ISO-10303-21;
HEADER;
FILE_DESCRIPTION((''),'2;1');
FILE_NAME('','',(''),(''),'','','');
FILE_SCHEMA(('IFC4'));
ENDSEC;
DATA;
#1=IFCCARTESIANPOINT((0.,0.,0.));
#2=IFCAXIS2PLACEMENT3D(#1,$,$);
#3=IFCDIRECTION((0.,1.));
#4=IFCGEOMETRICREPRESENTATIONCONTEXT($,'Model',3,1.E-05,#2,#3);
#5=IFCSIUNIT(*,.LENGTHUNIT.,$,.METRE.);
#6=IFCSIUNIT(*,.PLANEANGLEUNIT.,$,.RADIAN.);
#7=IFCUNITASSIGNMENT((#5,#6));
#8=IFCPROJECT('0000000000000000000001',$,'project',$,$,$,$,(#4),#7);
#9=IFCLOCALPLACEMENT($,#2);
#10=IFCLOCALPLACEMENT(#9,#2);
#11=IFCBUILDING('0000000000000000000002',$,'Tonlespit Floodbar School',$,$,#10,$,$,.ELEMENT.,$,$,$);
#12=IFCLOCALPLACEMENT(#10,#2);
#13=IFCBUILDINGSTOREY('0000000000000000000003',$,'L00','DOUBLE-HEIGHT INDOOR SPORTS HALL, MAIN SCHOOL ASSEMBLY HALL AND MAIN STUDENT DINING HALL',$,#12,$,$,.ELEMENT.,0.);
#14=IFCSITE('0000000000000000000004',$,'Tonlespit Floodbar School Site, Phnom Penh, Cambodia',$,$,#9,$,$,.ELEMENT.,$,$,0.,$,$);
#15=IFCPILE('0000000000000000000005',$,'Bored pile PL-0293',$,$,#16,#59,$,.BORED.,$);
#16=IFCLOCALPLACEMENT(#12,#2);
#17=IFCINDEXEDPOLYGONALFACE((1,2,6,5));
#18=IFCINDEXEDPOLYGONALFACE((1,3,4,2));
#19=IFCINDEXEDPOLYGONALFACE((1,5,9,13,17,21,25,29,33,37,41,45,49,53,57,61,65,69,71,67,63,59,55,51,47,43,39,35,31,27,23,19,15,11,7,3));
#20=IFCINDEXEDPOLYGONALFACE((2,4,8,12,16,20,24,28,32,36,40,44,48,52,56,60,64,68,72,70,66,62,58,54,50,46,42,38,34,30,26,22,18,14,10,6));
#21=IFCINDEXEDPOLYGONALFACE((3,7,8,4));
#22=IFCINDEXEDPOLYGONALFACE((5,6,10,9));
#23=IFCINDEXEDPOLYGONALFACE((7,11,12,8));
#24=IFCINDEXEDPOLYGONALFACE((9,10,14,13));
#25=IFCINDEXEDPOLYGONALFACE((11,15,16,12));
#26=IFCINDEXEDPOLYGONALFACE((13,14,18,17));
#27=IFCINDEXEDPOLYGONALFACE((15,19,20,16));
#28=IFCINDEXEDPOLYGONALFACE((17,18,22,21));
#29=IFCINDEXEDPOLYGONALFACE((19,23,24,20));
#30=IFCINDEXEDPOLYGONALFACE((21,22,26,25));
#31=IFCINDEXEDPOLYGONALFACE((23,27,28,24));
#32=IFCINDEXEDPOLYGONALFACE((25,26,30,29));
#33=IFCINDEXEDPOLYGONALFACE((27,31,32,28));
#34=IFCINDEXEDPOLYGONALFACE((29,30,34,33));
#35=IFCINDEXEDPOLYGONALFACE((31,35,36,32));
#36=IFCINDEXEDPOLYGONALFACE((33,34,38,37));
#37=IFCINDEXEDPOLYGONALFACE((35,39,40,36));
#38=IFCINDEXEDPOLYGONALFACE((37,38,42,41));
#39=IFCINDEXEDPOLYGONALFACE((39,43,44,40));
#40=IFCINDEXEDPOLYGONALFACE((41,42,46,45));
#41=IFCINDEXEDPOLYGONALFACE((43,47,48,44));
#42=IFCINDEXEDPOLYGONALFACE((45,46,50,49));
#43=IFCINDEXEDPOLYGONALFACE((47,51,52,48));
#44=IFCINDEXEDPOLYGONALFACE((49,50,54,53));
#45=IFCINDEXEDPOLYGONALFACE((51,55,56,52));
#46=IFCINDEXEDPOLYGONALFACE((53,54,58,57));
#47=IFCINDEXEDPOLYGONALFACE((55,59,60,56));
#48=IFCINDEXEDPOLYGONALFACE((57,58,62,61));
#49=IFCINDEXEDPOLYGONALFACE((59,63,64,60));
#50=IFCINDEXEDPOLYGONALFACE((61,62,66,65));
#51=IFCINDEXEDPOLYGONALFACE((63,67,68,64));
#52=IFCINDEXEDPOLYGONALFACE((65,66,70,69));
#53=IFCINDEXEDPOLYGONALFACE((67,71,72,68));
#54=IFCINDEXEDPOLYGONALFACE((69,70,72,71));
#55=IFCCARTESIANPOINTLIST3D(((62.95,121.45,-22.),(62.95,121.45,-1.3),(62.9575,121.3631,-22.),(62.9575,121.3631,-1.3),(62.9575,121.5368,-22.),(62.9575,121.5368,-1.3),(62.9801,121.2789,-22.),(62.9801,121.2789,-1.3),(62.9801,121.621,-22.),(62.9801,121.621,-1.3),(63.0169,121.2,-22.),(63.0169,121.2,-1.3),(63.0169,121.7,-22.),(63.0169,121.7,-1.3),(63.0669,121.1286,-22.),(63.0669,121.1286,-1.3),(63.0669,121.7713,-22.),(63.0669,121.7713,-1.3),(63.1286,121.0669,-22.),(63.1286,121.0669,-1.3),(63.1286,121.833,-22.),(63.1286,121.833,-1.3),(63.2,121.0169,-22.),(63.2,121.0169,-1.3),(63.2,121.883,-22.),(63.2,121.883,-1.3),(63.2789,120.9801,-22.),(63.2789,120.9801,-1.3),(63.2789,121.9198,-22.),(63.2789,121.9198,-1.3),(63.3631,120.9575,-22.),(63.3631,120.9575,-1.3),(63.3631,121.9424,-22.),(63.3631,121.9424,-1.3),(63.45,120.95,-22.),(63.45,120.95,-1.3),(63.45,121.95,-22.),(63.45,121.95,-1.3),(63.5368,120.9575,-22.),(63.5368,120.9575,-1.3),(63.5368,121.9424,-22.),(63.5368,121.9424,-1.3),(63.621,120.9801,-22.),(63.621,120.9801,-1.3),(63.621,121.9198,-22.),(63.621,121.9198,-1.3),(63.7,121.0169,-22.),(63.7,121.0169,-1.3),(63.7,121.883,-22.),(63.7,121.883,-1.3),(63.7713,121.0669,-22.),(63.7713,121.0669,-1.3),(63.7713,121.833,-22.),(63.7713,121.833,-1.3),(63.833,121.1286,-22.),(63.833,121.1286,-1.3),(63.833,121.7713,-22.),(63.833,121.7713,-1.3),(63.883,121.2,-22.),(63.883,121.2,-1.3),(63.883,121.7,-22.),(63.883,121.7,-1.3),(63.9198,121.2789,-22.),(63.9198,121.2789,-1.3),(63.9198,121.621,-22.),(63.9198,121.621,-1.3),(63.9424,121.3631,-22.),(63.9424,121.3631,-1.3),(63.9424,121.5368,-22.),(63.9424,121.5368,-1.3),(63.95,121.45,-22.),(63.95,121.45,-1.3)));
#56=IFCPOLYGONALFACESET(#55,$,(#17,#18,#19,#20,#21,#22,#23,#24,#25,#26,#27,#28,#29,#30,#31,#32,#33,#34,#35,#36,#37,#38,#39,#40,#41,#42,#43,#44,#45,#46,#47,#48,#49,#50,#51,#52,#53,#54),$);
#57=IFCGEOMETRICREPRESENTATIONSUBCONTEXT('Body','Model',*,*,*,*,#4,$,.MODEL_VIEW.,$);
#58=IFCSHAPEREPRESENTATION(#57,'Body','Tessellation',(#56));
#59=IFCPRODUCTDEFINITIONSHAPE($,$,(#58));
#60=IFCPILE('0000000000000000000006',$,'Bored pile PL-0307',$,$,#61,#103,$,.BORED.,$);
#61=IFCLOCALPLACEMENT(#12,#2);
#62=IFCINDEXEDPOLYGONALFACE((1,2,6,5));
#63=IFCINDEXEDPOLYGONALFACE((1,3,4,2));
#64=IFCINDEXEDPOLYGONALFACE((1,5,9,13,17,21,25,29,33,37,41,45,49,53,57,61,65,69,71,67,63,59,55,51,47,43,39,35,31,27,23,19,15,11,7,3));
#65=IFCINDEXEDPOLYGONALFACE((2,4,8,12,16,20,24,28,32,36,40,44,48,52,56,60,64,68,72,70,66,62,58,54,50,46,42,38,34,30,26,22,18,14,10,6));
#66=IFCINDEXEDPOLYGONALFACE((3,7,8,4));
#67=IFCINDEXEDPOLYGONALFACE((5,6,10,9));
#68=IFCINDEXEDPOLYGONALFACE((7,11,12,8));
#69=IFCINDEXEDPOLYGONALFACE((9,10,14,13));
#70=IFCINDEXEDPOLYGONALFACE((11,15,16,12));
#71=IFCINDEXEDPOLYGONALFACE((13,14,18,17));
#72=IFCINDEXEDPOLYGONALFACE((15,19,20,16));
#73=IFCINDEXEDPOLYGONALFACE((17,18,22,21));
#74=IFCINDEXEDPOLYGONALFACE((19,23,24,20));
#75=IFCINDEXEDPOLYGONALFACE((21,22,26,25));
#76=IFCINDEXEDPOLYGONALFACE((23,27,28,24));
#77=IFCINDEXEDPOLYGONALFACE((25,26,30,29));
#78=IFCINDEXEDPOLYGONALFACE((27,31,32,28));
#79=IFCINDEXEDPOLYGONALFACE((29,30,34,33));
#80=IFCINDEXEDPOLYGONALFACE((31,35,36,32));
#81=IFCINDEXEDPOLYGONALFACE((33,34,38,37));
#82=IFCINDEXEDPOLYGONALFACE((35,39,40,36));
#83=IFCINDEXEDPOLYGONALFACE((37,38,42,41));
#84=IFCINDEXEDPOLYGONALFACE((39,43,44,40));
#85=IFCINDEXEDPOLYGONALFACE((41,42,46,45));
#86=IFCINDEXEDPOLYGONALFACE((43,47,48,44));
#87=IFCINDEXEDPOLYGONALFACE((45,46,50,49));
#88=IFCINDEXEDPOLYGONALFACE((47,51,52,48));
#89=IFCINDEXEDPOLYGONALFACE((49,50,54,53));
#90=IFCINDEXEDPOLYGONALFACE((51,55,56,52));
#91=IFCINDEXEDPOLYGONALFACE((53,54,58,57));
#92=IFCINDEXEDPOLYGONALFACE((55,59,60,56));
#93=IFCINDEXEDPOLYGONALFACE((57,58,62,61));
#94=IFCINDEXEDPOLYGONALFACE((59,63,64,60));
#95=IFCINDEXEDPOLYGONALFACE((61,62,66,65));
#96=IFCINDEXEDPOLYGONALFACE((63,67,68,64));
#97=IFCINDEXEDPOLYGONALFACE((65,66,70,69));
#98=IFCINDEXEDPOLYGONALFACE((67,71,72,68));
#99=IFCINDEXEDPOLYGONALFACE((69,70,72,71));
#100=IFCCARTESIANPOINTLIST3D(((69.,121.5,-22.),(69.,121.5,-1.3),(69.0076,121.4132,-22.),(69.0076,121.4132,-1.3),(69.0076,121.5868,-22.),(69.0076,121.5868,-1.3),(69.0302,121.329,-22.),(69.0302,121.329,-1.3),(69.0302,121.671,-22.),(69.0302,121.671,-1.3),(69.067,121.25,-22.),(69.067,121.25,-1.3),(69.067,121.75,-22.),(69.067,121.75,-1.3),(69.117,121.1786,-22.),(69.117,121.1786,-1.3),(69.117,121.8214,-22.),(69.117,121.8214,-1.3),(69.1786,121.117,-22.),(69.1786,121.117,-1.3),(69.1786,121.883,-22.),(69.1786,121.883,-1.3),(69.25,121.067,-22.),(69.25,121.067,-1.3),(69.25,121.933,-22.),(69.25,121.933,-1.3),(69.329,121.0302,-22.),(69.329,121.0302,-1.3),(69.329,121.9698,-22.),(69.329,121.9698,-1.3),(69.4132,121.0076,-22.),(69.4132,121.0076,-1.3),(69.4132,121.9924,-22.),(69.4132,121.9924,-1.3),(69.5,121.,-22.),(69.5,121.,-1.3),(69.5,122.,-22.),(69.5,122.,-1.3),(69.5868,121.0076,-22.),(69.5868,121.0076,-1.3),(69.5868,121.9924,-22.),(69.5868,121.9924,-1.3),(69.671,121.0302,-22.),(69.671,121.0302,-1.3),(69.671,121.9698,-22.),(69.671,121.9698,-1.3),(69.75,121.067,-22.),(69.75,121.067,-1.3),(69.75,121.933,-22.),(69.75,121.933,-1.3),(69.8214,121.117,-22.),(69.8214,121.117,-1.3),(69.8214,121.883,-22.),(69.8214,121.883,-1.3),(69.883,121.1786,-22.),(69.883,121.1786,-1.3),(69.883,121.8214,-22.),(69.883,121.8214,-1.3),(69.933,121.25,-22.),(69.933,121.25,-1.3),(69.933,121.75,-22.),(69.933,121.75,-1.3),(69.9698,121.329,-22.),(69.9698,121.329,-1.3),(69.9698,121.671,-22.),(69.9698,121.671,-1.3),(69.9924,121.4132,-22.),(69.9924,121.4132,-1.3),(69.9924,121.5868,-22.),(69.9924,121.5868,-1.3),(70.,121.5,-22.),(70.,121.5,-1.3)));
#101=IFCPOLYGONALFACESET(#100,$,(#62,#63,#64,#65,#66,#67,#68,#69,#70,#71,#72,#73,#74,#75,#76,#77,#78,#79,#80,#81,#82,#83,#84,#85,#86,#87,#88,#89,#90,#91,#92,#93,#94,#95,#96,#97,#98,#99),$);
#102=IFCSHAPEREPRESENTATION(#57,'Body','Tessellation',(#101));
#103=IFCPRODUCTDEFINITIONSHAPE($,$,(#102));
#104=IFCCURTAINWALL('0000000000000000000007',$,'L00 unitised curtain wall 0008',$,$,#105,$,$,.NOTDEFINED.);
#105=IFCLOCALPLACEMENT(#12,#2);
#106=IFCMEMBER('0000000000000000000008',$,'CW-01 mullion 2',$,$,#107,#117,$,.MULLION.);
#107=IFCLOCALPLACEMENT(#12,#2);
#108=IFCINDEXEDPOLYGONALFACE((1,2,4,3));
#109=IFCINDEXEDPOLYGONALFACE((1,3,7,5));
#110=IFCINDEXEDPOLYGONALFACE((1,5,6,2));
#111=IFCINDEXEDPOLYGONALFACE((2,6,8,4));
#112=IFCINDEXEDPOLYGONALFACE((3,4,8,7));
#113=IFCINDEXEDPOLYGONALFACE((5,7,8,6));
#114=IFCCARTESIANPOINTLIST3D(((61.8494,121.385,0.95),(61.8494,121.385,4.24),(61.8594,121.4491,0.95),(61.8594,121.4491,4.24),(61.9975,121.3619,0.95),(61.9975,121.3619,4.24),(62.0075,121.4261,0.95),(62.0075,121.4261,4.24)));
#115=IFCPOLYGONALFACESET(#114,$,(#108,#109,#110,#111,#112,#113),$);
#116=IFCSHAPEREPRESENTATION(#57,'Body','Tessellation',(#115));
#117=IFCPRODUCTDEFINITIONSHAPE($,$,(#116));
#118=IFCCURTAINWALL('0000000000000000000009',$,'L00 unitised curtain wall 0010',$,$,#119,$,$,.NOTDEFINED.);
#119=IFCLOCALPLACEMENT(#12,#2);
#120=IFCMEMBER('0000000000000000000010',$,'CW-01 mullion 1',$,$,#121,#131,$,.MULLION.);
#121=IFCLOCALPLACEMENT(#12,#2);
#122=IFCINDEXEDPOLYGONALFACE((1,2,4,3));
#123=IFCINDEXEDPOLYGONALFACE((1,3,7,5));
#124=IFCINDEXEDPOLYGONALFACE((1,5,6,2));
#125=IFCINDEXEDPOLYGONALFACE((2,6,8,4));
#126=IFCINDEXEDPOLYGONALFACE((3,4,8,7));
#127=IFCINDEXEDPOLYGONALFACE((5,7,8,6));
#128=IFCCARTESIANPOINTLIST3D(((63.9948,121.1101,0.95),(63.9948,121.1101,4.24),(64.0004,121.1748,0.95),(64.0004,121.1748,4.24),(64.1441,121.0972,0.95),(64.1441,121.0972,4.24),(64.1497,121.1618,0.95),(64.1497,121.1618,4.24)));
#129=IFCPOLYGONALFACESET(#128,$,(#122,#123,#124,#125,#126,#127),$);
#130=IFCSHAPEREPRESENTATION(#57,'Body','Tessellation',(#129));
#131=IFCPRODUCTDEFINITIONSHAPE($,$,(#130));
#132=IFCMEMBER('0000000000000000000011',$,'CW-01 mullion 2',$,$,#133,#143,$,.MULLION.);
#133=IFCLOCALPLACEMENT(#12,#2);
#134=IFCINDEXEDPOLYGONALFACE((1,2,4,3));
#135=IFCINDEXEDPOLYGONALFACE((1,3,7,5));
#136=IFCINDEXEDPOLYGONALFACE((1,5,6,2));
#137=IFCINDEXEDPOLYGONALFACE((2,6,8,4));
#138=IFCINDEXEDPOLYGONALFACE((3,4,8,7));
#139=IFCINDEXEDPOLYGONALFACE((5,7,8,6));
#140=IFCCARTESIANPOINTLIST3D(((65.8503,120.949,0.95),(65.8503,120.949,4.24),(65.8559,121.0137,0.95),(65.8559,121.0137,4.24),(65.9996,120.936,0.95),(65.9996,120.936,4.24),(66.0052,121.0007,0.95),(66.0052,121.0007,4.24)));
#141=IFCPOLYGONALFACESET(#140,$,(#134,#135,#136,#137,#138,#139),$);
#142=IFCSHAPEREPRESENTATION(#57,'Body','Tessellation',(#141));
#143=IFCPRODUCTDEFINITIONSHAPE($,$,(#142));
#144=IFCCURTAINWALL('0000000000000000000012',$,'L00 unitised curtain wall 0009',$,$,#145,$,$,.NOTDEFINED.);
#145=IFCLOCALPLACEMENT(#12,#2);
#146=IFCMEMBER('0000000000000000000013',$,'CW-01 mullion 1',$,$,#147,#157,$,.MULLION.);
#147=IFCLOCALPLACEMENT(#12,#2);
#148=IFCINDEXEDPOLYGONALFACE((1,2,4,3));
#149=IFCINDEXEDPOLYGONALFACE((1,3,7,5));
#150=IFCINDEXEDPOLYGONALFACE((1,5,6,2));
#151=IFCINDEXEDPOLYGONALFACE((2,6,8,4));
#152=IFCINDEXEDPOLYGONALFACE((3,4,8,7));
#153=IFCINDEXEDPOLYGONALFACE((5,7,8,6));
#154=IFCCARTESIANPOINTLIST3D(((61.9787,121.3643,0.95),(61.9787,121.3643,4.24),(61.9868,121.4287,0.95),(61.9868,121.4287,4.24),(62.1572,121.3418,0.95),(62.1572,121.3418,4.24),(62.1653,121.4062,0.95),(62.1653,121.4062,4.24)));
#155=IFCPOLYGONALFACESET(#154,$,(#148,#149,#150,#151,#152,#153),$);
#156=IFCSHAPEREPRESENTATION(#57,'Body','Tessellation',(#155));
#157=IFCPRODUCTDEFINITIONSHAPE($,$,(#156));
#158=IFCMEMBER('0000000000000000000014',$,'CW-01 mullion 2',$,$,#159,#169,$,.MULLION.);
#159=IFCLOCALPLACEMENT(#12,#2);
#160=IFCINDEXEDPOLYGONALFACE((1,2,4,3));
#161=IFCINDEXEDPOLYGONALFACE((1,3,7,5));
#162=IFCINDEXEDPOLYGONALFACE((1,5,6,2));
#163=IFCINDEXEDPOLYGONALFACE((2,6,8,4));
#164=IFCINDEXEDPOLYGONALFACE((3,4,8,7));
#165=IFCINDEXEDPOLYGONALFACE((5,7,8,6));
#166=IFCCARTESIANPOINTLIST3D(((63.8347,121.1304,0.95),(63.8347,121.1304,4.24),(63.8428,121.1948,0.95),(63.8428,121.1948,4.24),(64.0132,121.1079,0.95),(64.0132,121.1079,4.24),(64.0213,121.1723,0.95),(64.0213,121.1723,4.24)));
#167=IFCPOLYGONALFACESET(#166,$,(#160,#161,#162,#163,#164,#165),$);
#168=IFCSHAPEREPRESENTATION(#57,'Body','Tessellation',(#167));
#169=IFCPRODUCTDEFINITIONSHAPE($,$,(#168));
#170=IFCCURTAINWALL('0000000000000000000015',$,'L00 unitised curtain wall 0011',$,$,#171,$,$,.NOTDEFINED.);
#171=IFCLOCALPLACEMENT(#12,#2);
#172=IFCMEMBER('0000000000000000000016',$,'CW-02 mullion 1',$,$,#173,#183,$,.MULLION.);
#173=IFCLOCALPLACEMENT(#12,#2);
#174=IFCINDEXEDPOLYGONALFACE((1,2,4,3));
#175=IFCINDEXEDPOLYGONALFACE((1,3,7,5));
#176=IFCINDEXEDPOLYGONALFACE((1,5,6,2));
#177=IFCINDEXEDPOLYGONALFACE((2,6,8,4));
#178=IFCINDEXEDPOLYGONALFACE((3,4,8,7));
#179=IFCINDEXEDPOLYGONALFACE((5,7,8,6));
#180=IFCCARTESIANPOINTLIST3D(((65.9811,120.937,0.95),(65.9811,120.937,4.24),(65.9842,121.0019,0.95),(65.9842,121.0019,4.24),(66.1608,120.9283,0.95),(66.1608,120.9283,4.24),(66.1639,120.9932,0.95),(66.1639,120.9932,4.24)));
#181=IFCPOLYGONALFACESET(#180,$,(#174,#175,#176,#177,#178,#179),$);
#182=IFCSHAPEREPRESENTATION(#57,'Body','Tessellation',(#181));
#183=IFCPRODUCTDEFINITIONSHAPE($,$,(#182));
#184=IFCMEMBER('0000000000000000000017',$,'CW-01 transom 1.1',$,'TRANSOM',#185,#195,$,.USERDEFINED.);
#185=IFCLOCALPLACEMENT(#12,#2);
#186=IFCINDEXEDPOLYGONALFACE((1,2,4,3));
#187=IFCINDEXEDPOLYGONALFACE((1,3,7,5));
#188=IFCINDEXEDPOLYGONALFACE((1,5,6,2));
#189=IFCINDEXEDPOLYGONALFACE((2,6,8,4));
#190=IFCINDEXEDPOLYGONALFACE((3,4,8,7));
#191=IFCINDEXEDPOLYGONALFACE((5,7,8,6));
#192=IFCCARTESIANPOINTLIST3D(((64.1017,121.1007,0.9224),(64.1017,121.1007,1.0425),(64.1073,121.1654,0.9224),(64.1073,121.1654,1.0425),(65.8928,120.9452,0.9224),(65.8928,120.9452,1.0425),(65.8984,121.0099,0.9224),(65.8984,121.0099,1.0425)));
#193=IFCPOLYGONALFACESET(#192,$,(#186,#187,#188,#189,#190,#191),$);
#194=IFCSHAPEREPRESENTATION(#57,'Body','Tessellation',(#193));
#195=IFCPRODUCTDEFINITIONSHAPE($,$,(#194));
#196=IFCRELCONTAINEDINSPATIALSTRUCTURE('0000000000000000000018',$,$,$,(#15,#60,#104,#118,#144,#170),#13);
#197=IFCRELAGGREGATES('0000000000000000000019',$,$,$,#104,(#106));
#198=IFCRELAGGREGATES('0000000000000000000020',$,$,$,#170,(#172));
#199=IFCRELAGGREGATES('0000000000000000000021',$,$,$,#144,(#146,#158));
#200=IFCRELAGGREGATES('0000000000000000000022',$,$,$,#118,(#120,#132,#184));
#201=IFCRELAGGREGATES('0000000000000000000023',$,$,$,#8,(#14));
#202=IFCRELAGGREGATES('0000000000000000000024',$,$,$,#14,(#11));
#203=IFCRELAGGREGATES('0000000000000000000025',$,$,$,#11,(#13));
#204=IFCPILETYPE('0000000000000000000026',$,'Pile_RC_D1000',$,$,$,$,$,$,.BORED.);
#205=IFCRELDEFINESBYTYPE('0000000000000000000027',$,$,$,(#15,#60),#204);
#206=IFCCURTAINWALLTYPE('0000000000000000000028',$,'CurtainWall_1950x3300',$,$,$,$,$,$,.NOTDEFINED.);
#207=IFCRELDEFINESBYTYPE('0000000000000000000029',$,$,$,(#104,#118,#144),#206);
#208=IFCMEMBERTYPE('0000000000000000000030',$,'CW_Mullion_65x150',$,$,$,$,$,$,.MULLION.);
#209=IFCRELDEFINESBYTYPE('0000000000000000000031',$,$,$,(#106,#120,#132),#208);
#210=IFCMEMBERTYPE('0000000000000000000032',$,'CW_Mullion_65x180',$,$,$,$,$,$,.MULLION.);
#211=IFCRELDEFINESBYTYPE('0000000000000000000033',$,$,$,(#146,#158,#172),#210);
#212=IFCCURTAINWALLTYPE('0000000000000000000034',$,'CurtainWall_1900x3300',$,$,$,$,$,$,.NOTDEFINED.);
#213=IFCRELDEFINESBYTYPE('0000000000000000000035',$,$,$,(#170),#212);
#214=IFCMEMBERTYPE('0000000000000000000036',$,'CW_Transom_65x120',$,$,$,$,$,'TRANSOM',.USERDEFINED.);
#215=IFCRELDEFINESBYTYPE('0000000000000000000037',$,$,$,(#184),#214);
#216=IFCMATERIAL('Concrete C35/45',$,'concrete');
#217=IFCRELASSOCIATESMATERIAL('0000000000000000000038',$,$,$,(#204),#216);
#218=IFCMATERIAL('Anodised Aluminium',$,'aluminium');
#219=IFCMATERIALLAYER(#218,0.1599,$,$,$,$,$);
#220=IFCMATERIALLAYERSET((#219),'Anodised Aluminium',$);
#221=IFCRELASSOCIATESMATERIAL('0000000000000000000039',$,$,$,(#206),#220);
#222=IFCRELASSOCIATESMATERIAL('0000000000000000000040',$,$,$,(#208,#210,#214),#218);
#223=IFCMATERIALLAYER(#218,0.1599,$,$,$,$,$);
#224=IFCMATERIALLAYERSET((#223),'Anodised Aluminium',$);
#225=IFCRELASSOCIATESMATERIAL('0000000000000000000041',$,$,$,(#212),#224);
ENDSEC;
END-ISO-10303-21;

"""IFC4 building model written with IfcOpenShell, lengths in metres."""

from ifc_helpers import new_model, si_unit, direction, frame, origin, origin_2d, place, context, subcontext, project, spatial, rectangle, circle, extrude, material, layer, layer_set, material_profile, profile_set, type_object, element, aggregate, save


model = new_model("IFC4")

# Units and contexts
model_context = context("Model", 3, precision=1e-05, world=origin(), true_north=direction((0.0, 1.0)))
body_context = subcontext(model_context, "Body", "Model", "MODEL_VIEW")
ifc_project = project(units=[si_unit("LENGTHUNIT", "METRE"), si_unit("PLANEANGLEUNIT", "RADIAN")], contexts=[model_context])

# Site, building, storey
site_placement = place(None, origin())
site = spatial("IfcSite", under=ifc_project, at=site_placement, Name="Tonlespit Floodbar School Site, Phnom Penh, Cambodia", CompositionType="ELEMENT", RefElevation=0.0)
building_placement = place(site_placement, origin())
building = spatial("IfcBuilding", under=site, at=building_placement, Name="Tonlespit Floodbar School", CompositionType="ELEMENT")
storey_placement = place(building_placement, origin())
storey = spatial("IfcBuildingStorey", under=building, at=storey_placement, Name="L00", Description="DOUBLE-HEIGHT INDOOR SPORTS HALL, MAIN SCHOOL ASSEMBLY HALL AND MAIN STUDENT DINING HALL", CompositionType="ELEMENT", Elevation=0.0)

# Piles
ifc_material_1 = material(Name="Concrete C35/45", Category="concrete")
ifc_material_profile_1 = material_profile(ifc_material_1, circle(Radius=0.5, at=origin_2d()), Name="BP D1000")
ifc_profile_set_1 = profile_set([ifc_material_profile_1], Name="Concrete C35/45")
pile_type = type_object("IfcPileType", Name="Pile_RC_D1000", PredefinedType="BORED", material=ifc_profile_set_1)
for number, where, z_axis, x_axis, name in (
    (1, (63.45, 121.45, -1.3), (0.0, 0.0, -1.0), (1.0, 0.0, 0.0), "Bored pile PL-0293"),
    (2, (69.5, 121.5, -1.3), (0.0, 0.0, -1.0), (1.0, 0.0, 0.0), "Bored pile PL-0307"),
):
    element("IfcPile", number, at=place(storey_placement, frame(where, z_axis=z_axis, x_axis=x_axis)), inside=storey, type_object=pile_type, Name=name, PredefinedType="BORED", context=body_context, shape_type="SweptSolid", body=[
        extrude(circle(Radius=0.5, at=origin_2d()), origin(), (0.0, 0.0, 1.0), 20.7),
    ])

# Curtain wall, member
ifc_material_2 = material(Name="Anodised Aluminium", Category="aluminium")
ifc_layer_1 = layer(ifc_material_2, 0.1599)
ifc_layer_set_1 = layer_set([ifc_layer_1], Name="Anodised Aluminium")
curtain_wall_type_1 = type_object("IfcCurtainWallType", Name="CurtainWall_1950x3300", PredefinedType="NOTDEFINED", material=ifc_layer_set_1)
curtain_wall_1_placement = place(storey_placement, origin())
curtain_wall_1 = element("IfcCurtainWall", 3, at=curtain_wall_1_placement, inside=storey, type_object=curtain_wall_type_1, Name="L00 unitised curtain wall 0008", PredefinedType="NOTDEFINED")
ifc_material_profile_2 = material_profile(ifc_material_2, rectangle(XDim=0.0649, YDim=0.1499, at=origin_2d()), Name="ALU M65x150")
ifc_profile_set_2 = profile_set([ifc_material_profile_2], Name="Anodised Aluminium")
member_type_1 = type_object("IfcMemberType", Name="CW_Mullion_65x150", PredefinedType="MULLION", material=ifc_profile_set_2)
member_1_placement = place(storey_placement, frame((61.9285, 121.4055, 0.95), z_axis=(0.0, 0.0, 1.0), x_axis=(0.153796, 0.988103, 0.0)))
member_1 = element("IfcMember", 4, at=member_1_placement, type_object=member_type_1, Name="CW-01 mullion 2", PredefinedType="MULLION", context=body_context, shape_type="SweptSolid", body=[
    extrude(rectangle(XDim=0.0649, YDim=0.1499, at=origin_2d()), origin(), (0.0, 0.0, 1.0), 3.29),
])
aggregate(curtain_wall_1, [member_1])

# Curtain walls, members
curtain_wall_2_placement = place(storey_placement, origin())
curtain_wall_2 = element("IfcCurtainWall", 5, at=curtain_wall_2_placement, inside=storey, type_object=curtain_wall_type_1, Name="L00 unitised curtain wall 0010", PredefinedType="NOTDEFINED")
member_2_placement = place(storey_placement, frame((64.0723, 121.136, 0.95), z_axis=(0.0, 0.0, 1.0), x_axis=(0.086531, 0.996249, 0.0)))
member_2 = element("IfcMember", 6, at=member_2_placement, type_object=member_type_1, Name="CW-01 mullion 1", PredefinedType="MULLION", context=body_context, shape_type="SweptSolid", body=[
    extrude(rectangle(XDim=0.0649, YDim=0.1499, at=origin_2d()), origin(), (0.0, 0.0, 1.0), 3.29),
])
member_3_placement = place(storey_placement, frame((65.9277, 120.9749, 0.95), z_axis=(0.0, 0.0, 1.0), x_axis=(0.086531, 0.996249, 0.0)))
member_3 = element("IfcMember", 7, at=member_3_placement, type_object=member_type_1, Name="CW-01 mullion 2", PredefinedType="MULLION", context=body_context, shape_type="SweptSolid", body=[
    extrude(rectangle(XDim=0.0649, YDim=0.1499, at=origin_2d()), origin(), (0.0, 0.0, 1.0), 3.29),
])
curtain_wall_3_placement = place(storey_placement, origin())
curtain_wall_3 = element("IfcCurtainWall", 8, at=curtain_wall_3_placement, inside=storey, type_object=curtain_wall_type_1, Name="L00 unitised curtain wall 0009", PredefinedType="NOTDEFINED")
ifc_material_profile_3 = material_profile(ifc_material_2, rectangle(XDim=0.0649, YDim=0.1799, at=origin_2d()), Name="ALU M65x180")
ifc_profile_set_3 = profile_set([ifc_material_profile_3], Name="Anodised Aluminium")
member_type_2 = type_object("IfcMemberType", Name="CW_Mullion_65x180", PredefinedType="MULLION", material=ifc_profile_set_3)
member_4_placement = place(storey_placement, frame((62.072, 121.3853, 0.95), z_axis=(0.0, 0.0, 1.0), x_axis=(0.125014, 0.992155, 0.0)))
member_4 = element("IfcMember", 9, at=member_4_placement, type_object=member_type_2, Name="CW-01 mullion 1", PredefinedType="MULLION", context=body_context, shape_type="SweptSolid", body=[
    extrude(rectangle(XDim=0.0649, YDim=0.1799, at=origin_2d()), origin(), (0.0, 0.0, 1.0), 3.29),
])
member_5_placement = place(storey_placement, frame((63.928, 121.1514, 0.95), z_axis=(0.0, 0.0, 1.0), x_axis=(0.125014, 0.992155, 0.0)))
member_5 = element("IfcMember", 10, at=member_5_placement, type_object=member_type_2, Name="CW-01 mullion 2", PredefinedType="MULLION", context=body_context, shape_type="SweptSolid", body=[
    extrude(rectangle(XDim=0.0649, YDim=0.1799, at=origin_2d()), origin(), (0.0, 0.0, 1.0), 3.29),
])

# Curtain wall, member
ifc_layer_2 = layer(ifc_material_2, 0.1599)
ifc_layer_set_2 = layer_set([ifc_layer_2], Name="Anodised Aluminium")
curtain_wall_type_2 = type_object("IfcCurtainWallType", Name="CurtainWall_1900x3300", PredefinedType="NOTDEFINED", material=ifc_layer_set_2)
curtain_wall_4_placement = place(storey_placement, origin())
curtain_wall_4 = element("IfcCurtainWall", 11, at=curtain_wall_4_placement, inside=storey, type_object=curtain_wall_type_2, Name="L00 unitised curtain wall 0011", PredefinedType="NOTDEFINED")
member_6_placement = place(storey_placement, frame((66.0725, 120.9651, 0.95), z_axis=(0.0, 0.0, 1.0), x_axis=(0.048121, 0.998842, 0.0)))
member_6 = element("IfcMember", 12, at=member_6_placement, type_object=member_type_2, Name="CW-02 mullion 1", PredefinedType="MULLION", context=body_context, shape_type="SweptSolid", body=[
    extrude(rectangle(XDim=0.0649, YDim=0.1799, at=origin_2d()), origin(), (0.0, 0.0, 1.0), 3.29),
])

# Member
ifc_material_profile_4 = material_profile(ifc_material_2, rectangle(XDim=0.0649, YDim=0.1201, at=origin_2d()), Name="ALU T65x120")
ifc_profile_set_4 = profile_set([ifc_material_profile_4], Name="Anodised Aluminium")
member_type_3 = type_object("IfcMemberType", Name="CW_Transom_65x120", ElementType="TRANSOM", PredefinedType="USERDEFINED", material=ifc_profile_set_4)
member_7_placement = place(storey_placement, frame((64.1045, 121.1331, 0.9824), z_axis=(0.996251, -0.086507, 0.0), x_axis=(0.086507, 0.996251, 0.0)))
member_7 = element("IfcMember", 13, at=member_7_placement, type_object=member_type_3, Name="CW-01 transom 1.1", ObjectType="TRANSOM", PredefinedType="USERDEFINED", context=body_context, shape_type="SweptSolid", body=[
    extrude(rectangle(XDim=0.0649, YDim=0.1201, at=origin_2d()), origin(), (0.0, 0.0, 1.0), 1.7979),
])
aggregate(curtain_wall_4, [member_6])

aggregate(curtain_wall_3, [member_4, member_5])
aggregate(curtain_wall_2, [member_2, member_3, member_7])

save(model, "model.ifc")
